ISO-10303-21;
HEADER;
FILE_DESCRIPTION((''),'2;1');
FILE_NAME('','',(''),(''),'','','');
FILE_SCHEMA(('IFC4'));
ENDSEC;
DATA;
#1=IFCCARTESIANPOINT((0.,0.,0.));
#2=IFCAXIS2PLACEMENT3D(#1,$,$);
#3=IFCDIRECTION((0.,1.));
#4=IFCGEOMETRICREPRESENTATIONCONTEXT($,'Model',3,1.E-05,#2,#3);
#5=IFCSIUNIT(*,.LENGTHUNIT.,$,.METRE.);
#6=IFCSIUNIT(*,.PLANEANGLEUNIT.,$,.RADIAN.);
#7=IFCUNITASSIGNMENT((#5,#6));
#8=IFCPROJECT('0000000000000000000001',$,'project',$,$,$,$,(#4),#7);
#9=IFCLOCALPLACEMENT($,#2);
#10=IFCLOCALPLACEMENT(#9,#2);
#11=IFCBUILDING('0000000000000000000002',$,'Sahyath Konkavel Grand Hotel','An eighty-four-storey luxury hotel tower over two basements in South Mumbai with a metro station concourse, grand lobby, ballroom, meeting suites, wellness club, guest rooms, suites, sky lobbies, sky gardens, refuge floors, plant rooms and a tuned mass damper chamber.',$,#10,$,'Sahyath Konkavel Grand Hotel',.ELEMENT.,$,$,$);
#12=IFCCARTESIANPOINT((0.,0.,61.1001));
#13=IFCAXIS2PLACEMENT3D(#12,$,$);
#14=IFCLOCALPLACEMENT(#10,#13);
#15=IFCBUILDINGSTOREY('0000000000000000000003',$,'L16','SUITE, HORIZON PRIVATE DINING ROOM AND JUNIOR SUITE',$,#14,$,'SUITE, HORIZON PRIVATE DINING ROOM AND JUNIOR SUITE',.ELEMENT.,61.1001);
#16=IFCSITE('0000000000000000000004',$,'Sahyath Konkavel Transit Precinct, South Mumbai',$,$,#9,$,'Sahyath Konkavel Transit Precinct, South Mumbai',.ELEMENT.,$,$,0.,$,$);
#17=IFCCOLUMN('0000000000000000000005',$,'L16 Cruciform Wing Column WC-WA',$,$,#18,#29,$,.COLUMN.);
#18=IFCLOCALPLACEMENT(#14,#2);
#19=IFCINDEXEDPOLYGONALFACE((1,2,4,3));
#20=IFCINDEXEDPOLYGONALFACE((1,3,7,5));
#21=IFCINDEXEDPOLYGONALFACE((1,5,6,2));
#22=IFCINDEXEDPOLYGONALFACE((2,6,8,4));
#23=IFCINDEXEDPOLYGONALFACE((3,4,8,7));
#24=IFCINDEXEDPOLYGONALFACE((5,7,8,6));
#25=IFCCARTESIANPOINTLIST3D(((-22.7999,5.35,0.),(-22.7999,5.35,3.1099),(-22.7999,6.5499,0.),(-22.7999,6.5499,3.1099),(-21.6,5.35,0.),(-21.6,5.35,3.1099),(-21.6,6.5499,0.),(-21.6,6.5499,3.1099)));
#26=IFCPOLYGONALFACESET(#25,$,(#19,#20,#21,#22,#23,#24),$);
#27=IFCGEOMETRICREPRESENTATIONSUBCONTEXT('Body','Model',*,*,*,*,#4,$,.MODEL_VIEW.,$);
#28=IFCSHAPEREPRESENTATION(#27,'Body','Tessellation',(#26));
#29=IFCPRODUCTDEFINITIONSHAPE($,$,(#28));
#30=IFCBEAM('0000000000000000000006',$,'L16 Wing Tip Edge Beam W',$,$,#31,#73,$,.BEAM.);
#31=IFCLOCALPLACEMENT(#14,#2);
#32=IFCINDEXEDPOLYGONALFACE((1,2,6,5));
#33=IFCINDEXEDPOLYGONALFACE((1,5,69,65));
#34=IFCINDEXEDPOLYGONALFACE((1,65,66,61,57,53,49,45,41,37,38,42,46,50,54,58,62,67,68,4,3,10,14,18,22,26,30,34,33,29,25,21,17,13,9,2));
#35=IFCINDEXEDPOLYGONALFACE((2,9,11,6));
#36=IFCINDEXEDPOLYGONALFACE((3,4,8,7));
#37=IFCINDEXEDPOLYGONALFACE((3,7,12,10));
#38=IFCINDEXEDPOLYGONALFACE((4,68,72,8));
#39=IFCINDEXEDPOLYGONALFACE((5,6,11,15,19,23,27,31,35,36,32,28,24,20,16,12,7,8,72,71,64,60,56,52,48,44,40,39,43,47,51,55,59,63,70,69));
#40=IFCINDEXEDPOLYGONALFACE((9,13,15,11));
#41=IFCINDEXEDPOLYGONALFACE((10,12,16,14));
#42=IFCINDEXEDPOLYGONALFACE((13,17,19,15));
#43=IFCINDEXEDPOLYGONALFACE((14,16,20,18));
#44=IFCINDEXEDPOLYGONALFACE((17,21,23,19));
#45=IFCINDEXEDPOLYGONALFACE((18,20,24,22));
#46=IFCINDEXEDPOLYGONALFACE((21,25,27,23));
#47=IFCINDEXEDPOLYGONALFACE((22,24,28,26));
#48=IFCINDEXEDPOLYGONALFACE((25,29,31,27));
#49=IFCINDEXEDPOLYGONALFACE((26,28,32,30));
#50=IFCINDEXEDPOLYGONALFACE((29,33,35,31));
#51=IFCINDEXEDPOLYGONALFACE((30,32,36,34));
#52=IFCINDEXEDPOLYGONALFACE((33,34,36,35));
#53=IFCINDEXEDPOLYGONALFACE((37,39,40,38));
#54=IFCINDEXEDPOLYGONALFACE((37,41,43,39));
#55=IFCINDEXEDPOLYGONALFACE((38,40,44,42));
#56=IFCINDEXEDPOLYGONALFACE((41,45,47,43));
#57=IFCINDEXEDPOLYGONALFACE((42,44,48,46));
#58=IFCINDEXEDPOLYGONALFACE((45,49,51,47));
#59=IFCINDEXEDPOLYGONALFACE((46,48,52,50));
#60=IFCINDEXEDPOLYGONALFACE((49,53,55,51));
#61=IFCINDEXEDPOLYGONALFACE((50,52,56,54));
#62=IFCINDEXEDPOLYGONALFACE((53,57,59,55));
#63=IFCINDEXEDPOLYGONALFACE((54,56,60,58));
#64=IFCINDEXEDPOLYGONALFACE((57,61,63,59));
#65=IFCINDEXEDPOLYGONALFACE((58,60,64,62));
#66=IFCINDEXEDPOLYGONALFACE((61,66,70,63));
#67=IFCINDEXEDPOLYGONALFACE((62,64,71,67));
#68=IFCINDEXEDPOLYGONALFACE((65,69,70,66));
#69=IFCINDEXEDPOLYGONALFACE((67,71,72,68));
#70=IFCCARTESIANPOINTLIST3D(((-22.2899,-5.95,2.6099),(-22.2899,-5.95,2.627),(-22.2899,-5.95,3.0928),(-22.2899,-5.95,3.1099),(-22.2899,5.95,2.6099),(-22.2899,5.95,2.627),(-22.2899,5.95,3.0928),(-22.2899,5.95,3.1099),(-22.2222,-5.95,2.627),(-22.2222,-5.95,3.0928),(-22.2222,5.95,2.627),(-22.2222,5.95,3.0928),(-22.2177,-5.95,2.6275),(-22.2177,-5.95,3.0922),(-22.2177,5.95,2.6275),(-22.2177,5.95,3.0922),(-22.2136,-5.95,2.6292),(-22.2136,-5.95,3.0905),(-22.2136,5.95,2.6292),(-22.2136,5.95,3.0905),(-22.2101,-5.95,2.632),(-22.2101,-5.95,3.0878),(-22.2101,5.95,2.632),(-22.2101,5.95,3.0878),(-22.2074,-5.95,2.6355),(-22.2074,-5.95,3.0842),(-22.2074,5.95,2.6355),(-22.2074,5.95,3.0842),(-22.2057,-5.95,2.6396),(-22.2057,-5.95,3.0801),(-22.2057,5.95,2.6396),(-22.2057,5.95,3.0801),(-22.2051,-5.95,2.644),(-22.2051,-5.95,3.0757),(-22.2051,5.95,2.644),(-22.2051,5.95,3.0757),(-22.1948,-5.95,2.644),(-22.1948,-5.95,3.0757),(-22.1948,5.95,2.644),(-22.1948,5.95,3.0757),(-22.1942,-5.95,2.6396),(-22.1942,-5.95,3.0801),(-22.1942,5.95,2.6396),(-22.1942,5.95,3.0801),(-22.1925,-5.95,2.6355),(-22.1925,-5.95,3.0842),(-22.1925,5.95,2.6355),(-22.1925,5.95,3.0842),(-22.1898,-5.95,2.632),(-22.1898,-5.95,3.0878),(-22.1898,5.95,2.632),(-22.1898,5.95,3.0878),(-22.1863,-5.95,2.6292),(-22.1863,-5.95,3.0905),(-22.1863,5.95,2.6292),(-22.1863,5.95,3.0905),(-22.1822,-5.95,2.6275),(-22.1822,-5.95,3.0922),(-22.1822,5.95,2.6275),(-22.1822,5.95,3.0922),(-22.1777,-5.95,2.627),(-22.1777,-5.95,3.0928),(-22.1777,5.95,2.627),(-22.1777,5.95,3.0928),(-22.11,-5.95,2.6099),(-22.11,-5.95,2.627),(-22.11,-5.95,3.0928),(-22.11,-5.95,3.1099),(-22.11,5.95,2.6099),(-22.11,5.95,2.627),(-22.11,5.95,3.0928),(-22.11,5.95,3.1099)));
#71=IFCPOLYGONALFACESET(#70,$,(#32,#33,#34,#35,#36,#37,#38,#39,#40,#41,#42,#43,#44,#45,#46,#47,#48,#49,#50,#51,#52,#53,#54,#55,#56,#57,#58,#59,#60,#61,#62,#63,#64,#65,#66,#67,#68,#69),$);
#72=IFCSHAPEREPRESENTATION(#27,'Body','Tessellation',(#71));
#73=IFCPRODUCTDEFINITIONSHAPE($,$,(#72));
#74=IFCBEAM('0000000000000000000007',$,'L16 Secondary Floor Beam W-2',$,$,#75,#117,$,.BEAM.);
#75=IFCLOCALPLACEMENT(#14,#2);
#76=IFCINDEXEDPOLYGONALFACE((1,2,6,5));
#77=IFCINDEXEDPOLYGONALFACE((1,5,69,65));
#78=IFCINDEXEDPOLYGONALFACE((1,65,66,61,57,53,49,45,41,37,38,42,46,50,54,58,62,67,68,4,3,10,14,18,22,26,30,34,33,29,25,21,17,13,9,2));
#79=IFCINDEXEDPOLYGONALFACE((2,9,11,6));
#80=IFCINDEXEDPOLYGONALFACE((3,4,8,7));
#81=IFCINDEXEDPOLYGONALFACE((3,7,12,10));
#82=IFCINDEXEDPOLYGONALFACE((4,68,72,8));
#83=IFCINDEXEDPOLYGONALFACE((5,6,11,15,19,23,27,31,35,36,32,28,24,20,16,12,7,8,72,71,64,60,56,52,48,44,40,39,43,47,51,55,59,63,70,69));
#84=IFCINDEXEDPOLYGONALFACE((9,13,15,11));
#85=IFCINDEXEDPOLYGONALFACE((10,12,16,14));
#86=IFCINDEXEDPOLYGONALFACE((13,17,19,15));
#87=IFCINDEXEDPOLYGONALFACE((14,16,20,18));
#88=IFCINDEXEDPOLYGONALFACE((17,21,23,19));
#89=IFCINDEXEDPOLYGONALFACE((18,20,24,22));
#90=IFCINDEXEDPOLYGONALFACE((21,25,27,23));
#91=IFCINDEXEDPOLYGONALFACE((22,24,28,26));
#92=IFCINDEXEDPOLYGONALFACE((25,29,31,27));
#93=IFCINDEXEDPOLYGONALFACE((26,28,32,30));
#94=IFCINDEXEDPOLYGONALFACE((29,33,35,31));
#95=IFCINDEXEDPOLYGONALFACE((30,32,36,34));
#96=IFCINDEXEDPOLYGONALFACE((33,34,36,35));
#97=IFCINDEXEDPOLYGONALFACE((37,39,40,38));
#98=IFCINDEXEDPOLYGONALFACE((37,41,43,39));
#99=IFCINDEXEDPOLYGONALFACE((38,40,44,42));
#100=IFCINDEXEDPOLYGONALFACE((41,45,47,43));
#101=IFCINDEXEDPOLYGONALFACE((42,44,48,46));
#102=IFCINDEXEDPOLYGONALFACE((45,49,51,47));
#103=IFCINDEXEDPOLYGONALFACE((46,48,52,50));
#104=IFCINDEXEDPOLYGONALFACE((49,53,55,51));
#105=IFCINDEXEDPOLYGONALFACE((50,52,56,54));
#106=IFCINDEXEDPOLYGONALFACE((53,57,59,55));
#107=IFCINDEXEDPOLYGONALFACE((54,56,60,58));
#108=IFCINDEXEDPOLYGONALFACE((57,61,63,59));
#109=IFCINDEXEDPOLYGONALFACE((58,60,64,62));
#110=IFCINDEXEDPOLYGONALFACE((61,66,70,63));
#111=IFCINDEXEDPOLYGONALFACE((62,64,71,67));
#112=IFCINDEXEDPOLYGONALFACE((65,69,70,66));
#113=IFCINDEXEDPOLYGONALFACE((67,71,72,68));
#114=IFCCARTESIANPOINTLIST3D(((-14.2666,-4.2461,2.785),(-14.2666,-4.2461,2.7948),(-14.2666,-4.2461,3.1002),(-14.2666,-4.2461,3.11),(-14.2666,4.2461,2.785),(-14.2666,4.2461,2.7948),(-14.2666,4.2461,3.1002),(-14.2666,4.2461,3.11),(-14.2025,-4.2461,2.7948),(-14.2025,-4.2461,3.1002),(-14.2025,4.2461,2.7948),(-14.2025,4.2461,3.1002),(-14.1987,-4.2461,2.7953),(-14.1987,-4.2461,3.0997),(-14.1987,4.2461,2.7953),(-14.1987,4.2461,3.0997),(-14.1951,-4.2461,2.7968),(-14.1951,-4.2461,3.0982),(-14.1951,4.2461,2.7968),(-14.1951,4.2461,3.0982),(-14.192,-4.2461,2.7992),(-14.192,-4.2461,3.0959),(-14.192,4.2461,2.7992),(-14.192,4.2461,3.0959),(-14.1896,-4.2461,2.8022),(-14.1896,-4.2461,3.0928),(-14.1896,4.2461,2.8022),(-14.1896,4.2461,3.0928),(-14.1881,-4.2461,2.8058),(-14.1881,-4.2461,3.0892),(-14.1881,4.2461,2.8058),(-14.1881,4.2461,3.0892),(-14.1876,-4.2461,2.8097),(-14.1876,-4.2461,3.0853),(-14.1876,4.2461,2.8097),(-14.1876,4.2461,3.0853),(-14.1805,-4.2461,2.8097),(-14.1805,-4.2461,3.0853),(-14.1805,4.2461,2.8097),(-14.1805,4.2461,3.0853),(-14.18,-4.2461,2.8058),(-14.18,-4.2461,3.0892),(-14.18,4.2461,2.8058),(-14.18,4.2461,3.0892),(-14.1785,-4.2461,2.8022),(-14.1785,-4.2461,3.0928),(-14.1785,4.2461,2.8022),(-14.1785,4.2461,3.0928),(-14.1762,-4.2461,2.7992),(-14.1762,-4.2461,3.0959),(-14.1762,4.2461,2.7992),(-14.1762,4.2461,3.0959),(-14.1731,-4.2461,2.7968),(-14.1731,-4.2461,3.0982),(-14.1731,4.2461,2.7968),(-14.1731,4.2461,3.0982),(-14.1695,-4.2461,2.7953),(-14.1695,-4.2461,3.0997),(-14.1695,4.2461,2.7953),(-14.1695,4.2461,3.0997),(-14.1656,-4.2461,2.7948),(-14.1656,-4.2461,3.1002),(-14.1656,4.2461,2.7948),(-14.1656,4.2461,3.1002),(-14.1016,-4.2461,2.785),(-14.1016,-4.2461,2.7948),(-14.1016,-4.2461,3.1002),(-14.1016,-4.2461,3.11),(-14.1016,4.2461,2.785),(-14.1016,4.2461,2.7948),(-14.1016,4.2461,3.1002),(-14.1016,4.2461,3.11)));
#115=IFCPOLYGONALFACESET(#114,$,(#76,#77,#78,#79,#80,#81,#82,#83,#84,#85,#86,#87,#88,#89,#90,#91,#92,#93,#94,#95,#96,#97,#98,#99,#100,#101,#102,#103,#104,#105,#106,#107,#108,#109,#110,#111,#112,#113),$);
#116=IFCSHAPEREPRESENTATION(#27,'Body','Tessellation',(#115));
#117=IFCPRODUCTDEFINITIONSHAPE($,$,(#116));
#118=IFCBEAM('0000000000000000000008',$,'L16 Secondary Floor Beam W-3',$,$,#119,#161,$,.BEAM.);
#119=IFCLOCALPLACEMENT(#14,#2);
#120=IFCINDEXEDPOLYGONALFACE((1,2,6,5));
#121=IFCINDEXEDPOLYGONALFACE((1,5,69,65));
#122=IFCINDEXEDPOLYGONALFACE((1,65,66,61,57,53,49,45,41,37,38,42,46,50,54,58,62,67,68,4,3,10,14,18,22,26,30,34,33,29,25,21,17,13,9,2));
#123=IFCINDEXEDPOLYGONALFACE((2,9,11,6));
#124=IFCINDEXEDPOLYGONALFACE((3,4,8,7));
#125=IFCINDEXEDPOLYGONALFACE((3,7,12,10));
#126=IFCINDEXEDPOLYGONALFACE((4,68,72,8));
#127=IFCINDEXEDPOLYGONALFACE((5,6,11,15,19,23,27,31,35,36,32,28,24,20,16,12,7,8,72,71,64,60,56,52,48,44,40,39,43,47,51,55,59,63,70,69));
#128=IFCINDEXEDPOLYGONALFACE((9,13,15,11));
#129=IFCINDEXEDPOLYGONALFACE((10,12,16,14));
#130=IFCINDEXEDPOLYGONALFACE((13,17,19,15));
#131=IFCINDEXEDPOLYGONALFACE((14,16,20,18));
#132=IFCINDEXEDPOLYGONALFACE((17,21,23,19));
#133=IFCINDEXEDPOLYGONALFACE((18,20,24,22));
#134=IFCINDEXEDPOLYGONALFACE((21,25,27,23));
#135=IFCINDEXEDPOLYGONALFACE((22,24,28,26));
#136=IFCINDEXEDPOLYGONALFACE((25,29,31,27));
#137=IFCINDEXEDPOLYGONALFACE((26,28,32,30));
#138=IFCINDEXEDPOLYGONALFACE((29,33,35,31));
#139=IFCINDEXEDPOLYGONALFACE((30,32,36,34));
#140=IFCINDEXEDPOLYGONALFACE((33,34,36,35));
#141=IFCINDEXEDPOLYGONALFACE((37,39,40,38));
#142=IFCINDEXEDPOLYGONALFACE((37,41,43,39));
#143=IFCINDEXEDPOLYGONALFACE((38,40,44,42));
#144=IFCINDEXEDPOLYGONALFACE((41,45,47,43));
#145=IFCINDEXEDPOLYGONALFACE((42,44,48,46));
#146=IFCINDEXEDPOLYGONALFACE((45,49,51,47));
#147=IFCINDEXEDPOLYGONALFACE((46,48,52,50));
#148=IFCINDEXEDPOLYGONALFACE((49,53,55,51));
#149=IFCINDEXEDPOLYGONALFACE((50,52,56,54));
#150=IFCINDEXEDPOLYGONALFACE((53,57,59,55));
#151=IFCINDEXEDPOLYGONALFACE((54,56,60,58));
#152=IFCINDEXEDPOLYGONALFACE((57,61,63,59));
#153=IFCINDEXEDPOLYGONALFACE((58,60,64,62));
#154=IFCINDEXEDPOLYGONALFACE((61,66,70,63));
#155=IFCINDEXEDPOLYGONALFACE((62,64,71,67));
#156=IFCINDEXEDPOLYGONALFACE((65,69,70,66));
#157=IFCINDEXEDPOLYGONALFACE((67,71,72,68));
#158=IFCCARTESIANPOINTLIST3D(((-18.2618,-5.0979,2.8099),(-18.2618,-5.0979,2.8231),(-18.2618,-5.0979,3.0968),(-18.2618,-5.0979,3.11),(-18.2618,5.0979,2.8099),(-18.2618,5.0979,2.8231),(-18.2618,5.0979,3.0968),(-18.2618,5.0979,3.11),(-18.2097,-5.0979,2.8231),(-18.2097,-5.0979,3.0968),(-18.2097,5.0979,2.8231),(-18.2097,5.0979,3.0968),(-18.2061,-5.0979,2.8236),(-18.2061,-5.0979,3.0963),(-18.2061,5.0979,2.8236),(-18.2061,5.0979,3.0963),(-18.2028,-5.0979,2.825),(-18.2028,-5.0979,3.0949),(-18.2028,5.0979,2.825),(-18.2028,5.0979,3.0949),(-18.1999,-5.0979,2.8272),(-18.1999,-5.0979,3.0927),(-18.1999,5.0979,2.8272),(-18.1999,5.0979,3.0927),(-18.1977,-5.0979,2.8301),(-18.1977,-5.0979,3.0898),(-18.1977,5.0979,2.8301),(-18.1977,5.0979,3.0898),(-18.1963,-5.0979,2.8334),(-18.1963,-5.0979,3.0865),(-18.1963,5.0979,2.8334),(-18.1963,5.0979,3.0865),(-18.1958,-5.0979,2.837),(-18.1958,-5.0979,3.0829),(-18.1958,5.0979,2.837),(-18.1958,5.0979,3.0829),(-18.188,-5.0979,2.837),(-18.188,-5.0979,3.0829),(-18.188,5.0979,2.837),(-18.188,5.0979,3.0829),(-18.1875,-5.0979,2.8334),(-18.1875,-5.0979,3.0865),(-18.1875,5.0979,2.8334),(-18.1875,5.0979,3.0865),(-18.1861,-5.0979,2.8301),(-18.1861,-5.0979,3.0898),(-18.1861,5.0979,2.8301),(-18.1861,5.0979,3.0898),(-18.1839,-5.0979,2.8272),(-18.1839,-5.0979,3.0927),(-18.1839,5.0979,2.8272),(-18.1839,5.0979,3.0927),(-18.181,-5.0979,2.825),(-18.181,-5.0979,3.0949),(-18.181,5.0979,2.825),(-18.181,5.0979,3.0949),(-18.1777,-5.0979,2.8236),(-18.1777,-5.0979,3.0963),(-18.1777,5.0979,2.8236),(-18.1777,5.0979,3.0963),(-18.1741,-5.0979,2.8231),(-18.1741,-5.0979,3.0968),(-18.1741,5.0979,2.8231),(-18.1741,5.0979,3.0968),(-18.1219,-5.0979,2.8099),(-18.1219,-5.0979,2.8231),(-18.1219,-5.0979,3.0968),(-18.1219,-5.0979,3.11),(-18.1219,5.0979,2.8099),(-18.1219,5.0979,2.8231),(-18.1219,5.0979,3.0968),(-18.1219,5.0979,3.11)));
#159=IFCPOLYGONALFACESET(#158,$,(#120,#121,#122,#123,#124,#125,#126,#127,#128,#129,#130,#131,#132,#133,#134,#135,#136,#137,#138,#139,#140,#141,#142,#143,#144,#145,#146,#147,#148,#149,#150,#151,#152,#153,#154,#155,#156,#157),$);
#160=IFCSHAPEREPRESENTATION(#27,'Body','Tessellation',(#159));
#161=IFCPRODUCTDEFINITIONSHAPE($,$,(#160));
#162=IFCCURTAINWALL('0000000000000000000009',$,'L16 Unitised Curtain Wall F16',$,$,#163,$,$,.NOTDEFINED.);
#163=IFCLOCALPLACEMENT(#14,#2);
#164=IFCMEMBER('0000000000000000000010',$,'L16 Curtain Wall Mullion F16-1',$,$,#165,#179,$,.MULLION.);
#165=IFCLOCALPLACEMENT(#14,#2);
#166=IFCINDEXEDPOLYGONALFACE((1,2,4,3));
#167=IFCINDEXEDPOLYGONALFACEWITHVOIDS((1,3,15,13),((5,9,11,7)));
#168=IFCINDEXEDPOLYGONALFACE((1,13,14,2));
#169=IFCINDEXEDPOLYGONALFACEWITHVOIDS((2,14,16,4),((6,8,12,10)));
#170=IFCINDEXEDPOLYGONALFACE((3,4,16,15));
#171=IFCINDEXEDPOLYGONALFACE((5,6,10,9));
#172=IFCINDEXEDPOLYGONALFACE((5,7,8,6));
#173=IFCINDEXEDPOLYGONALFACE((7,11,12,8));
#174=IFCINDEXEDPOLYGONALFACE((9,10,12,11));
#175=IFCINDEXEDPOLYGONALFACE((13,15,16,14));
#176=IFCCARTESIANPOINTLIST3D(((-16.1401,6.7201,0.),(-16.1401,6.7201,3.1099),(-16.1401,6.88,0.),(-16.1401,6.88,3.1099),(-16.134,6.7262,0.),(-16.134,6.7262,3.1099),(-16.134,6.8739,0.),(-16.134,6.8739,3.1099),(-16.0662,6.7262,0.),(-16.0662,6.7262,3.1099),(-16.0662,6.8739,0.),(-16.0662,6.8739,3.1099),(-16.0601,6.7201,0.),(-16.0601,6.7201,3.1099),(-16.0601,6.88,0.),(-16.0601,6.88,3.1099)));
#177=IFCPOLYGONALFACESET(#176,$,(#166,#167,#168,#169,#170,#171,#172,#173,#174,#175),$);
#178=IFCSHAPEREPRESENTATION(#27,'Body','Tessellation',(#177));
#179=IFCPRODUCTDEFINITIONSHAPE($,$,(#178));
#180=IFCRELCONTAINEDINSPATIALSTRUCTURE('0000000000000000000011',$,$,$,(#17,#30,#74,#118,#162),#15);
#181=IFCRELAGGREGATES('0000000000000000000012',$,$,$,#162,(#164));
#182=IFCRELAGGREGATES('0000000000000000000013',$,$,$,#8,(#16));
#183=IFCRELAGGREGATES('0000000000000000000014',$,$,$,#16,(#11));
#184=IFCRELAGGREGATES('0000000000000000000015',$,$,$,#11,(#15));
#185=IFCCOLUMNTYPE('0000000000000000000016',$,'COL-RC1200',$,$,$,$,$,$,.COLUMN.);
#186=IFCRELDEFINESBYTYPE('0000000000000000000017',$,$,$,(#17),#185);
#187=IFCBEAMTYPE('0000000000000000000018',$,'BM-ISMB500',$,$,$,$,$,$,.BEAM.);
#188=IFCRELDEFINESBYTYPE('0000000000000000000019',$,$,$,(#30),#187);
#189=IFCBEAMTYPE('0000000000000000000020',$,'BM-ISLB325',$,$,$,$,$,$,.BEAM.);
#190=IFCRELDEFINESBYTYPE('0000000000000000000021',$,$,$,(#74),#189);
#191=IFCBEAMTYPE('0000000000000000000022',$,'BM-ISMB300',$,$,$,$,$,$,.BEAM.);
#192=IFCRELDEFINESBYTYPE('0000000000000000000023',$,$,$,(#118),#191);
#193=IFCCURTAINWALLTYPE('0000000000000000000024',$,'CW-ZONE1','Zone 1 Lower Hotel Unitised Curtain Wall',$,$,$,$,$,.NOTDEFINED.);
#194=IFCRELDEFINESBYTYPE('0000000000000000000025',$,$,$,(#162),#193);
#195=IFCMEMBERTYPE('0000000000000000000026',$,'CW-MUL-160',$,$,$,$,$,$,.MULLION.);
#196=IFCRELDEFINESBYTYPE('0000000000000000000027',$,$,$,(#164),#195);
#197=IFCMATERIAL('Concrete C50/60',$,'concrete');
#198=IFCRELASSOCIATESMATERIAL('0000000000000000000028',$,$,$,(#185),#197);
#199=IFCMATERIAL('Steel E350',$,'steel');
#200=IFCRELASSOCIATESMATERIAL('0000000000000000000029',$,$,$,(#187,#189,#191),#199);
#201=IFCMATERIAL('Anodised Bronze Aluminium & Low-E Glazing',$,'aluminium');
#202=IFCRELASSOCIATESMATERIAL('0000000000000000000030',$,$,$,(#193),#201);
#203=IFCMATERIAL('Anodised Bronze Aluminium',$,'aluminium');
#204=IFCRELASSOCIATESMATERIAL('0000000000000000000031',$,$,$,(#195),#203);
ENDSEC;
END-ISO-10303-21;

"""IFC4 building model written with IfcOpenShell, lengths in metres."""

from ifc_helpers import new_model, si_unit, direction, frame, origin, origin_2d, place, context, subcontext, project, spatial, rectangle, hollow_rectangle, i_section, extrude, source, transform, mapped, material, material_profile, profile_set, type_object, element, aggregate, save


model = new_model("IFC4")

# Units and contexts
model_context = context("Model", 3, precision=1e-05, world=origin(), true_north=direction((0.0, 1.0)))
body_context = subcontext(model_context, "Body", "Model", "MODEL_VIEW")
ifc_project = project(units=[si_unit("LENGTHUNIT", "METRE"), si_unit("PLANEANGLEUNIT", "RADIAN")], contexts=[model_context])

# Site, building, storey
site_placement = place(None, origin())
site = spatial("IfcSite", under=ifc_project, at=site_placement, Name="Sahyath Konkavel Transit Precinct, South Mumbai", LongName="Sahyath Konkavel Transit Precinct, South Mumbai", CompositionType="ELEMENT", RefElevation=0.0)
building_placement = place(site_placement, origin())
building = spatial("IfcBuilding", under=site, at=building_placement, Name="Sahyath Konkavel Grand Hotel", Description="An eighty-four-storey luxury hotel tower over two basements in South Mumbai with a metro station concourse, grand lobby, ballroom, meeting suites, wellness club, guest rooms, suites, sky lobbies, sky gardens, refuge floors, plant rooms and a tuned mass damper chamber.", LongName="Sahyath Konkavel Grand Hotel", CompositionType="ELEMENT")
storey_placement = place(building_placement, frame((0.0, 0.0, 61.1001)))
storey = spatial("IfcBuildingStorey", under=building, at=storey_placement, Name="L16", Description="SUITE, HORIZON PRIVATE DINING ROOM AND JUNIOR SUITE", LongName="SUITE, HORIZON PRIVATE DINING ROOM AND JUNIOR SUITE", CompositionType="ELEMENT", Elevation=61.1001)

# Column
ifc_material_1 = material(Name="Concrete C50/60", Category="concrete")
ifc_material_profile_1 = material_profile(ifc_material_1, rectangle(XDim=1.2, YDim=1.2, at=origin_2d()), Name="RC 1200x1200")
ifc_profile_set_1 = profile_set([ifc_material_profile_1], Name="Concrete C50/60")
column_type = type_object("IfcColumnType", Name="COL-RC1200", PredefinedType="COLUMN", material=ifc_profile_set_1)
shared_shape_1 = source(origin(), body_context, "Body", "SweptSolid", [
    extrude(rectangle(XDim=1.2, YDim=1.2, at=origin_2d()), origin(), (0.0, 0.0, 1.0), 3.1099),
])
column_placement = place(storey_placement, frame((-22.2, 5.95, 0.0), z_axis=(0.0, 0.0, 1.0), x_axis=(1.0, 0.0, 0.0)))
element("IfcColumn", 1, at=column_placement, inside=storey, type_object=column_type, Name="L16 Cruciform Wing Column WC-WA", PredefinedType="COLUMN", context=body_context, shape_type="MappedRepresentation", body=[
    mapped(shared_shape_1, transform((0.0, 0.0, 0.0), scale=1.0)),
])

# Beams
ifc_material_2 = material(Name="Steel E350", Category="steel")
ifc_material_profile_2 = material_profile(ifc_material_2, i_section(OverallWidth=0.1799, OverallDepth=0.5, WebThickness=0.0103, FlangeThickness=0.0171, FilletRadius=0.0171, at=origin_2d()), Name="ISMB 500")
ifc_profile_set_2 = profile_set([ifc_material_profile_2], Name="Steel E350")
beam_type_1 = type_object("IfcBeamType", Name="BM-ISMB500", PredefinedType="BEAM", material=ifc_profile_set_2)
shared_shape_2 = source(origin(), body_context, "Body", "SweptSolid", [
    extrude(i_section(OverallWidth=0.1799, OverallDepth=0.5, WebThickness=0.0103, FlangeThickness=0.0171, FilletRadius=0.0171, at=origin_2d()), origin(), (0.0, 0.0, 1.0), 11.8999),
])
beam_1_placement = place(storey_placement, frame((-22.2, 5.95, 2.8599), z_axis=(0.0, -1.0, 0.0), x_axis=(1.0, 0.0, 0.0)))
element("IfcBeam", 2, at=beam_1_placement, inside=storey, type_object=beam_type_1, Name="L16 Wing Tip Edge Beam W", PredefinedType="BEAM", context=body_context, shape_type="MappedRepresentation", body=[
    mapped(shared_shape_2, transform((0.0, 0.0, 0.0), scale=1.0)),
])
ifc_material_profile_3 = material_profile(ifc_material_2, i_section(OverallWidth=0.165, OverallDepth=0.325, WebThickness=0.0071, FlangeThickness=0.0098, FilletRadius=0.0149, at=origin_2d()), Name="ISLB 325")
ifc_profile_set_3 = profile_set([ifc_material_profile_3], Name="Steel E350")
beam_type_2 = type_object("IfcBeamType", Name="BM-ISLB325", PredefinedType="BEAM", material=ifc_profile_set_3)
shared_shape_3 = source(origin(), body_context, "Body", "SweptSolid", [
    extrude(i_section(OverallWidth=0.165, OverallDepth=0.325, WebThickness=0.0071, FlangeThickness=0.0098, FilletRadius=0.0149, at=origin_2d()), origin(), (0.0, 0.0, 1.0), 8.4922),
])
beam_2_placement = place(storey_placement, frame((-14.1841, 4.2461, 2.9475), z_axis=(0.0, -1.0, 0.0), x_axis=(1.0, 0.0, 0.0)))
element("IfcBeam", 3, at=beam_2_placement, inside=storey, type_object=beam_type_2, Name="L16 Secondary Floor Beam W-2", PredefinedType="BEAM", context=body_context, shape_type="MappedRepresentation", body=[
    mapped(shared_shape_3, transform((0.0, 0.0, 0.0), scale=1.0)),
])
ifc_material_profile_4 = material_profile(ifc_material_2, i_section(OverallWidth=0.1399, OverallDepth=0.3, WebThickness=0.0078, FlangeThickness=0.0132, FilletRadius=0.0139, at=origin_2d()), Name="ISMB 300")
ifc_profile_set_4 = profile_set([ifc_material_profile_4], Name="Steel E350")
beam_type_3 = type_object("IfcBeamType", Name="BM-ISMB300", PredefinedType="BEAM", material=ifc_profile_set_4)
shared_shape_4 = source(origin(), body_context, "Body", "SweptSolid", [
    extrude(i_section(OverallWidth=0.1399, OverallDepth=0.3, WebThickness=0.0078, FlangeThickness=0.0132, FilletRadius=0.0139, at=origin_2d()), origin(), (0.0, 0.0, 1.0), 10.1958),
])
beam_3_placement = place(storey_placement, frame((-18.1919, 5.0979, 2.96), z_axis=(0.0, -1.0, 0.0), x_axis=(1.0, 0.0, 0.0)))
element("IfcBeam", 4, at=beam_3_placement, inside=storey, type_object=beam_type_3, Name="L16 Secondary Floor Beam W-3", PredefinedType="BEAM", context=body_context, shape_type="MappedRepresentation", body=[
    mapped(shared_shape_4, transform((0.0, 0.0, 0.0), scale=1.0)),
])

# Curtain wall, member
ifc_material_3 = material(Name="Anodised Bronze Aluminium & Low-E Glazing", Category="aluminium")
curtain_wall_type = type_object("IfcCurtainWallType", Name="CW-ZONE1", Description="Zone 1 Lower Hotel Unitised Curtain Wall", PredefinedType="NOTDEFINED", material=ifc_material_3)
curtain_wall_1_placement = place(storey_placement, origin())
curtain_wall_1 = element("IfcCurtainWall", 5, at=curtain_wall_1_placement, inside=storey, type_object=curtain_wall_type, Name="L16 Unitised Curtain Wall F16", PredefinedType="NOTDEFINED")
ifc_material_4 = material(Name="Anodised Bronze Aluminium", Category="aluminium")
ifc_material_profile_5 = material_profile(ifc_material_4, hollow_rectangle(XDim=0.0801, YDim=0.1599, WallThickness=0.0061, at=origin_2d()), Name="RHS 160x80x6")
ifc_profile_set_5 = profile_set([ifc_material_profile_5], Name="Anodised Bronze Aluminium")
member_type_1 = type_object("IfcMemberType", Name="CW-MUL-160", PredefinedType="MULLION", material=ifc_profile_set_5)
shared_shape_5 = source(origin(), body_context, "Body", "SweptSolid", [
    extrude(hollow_rectangle(XDim=0.0801, YDim=0.1599, WallThickness=0.0061, at=origin_2d()), origin(), (0.0, 0.0, 1.0), 3.1099),
])
member_1_placement = place(storey_placement, frame((-16.1001, 6.8, 0.0), z_axis=(0.0, 0.0, 1.0), x_axis=(1.0, 0.0, 0.0)))
member_1 = element("IfcMember", 6, at=member_1_placement, type_object=member_type_1, Name="L16 Curtain Wall Mullion F16-1", PredefinedType="MULLION", context=body_context, shape_type="MappedRepresentation", body=[
    mapped(shared_shape_5, transform((0.0, 0.0, 0.0), scale=1.0)),
])

aggregate(curtain_wall_1, [member_1])

save(model, "model.ifc")
